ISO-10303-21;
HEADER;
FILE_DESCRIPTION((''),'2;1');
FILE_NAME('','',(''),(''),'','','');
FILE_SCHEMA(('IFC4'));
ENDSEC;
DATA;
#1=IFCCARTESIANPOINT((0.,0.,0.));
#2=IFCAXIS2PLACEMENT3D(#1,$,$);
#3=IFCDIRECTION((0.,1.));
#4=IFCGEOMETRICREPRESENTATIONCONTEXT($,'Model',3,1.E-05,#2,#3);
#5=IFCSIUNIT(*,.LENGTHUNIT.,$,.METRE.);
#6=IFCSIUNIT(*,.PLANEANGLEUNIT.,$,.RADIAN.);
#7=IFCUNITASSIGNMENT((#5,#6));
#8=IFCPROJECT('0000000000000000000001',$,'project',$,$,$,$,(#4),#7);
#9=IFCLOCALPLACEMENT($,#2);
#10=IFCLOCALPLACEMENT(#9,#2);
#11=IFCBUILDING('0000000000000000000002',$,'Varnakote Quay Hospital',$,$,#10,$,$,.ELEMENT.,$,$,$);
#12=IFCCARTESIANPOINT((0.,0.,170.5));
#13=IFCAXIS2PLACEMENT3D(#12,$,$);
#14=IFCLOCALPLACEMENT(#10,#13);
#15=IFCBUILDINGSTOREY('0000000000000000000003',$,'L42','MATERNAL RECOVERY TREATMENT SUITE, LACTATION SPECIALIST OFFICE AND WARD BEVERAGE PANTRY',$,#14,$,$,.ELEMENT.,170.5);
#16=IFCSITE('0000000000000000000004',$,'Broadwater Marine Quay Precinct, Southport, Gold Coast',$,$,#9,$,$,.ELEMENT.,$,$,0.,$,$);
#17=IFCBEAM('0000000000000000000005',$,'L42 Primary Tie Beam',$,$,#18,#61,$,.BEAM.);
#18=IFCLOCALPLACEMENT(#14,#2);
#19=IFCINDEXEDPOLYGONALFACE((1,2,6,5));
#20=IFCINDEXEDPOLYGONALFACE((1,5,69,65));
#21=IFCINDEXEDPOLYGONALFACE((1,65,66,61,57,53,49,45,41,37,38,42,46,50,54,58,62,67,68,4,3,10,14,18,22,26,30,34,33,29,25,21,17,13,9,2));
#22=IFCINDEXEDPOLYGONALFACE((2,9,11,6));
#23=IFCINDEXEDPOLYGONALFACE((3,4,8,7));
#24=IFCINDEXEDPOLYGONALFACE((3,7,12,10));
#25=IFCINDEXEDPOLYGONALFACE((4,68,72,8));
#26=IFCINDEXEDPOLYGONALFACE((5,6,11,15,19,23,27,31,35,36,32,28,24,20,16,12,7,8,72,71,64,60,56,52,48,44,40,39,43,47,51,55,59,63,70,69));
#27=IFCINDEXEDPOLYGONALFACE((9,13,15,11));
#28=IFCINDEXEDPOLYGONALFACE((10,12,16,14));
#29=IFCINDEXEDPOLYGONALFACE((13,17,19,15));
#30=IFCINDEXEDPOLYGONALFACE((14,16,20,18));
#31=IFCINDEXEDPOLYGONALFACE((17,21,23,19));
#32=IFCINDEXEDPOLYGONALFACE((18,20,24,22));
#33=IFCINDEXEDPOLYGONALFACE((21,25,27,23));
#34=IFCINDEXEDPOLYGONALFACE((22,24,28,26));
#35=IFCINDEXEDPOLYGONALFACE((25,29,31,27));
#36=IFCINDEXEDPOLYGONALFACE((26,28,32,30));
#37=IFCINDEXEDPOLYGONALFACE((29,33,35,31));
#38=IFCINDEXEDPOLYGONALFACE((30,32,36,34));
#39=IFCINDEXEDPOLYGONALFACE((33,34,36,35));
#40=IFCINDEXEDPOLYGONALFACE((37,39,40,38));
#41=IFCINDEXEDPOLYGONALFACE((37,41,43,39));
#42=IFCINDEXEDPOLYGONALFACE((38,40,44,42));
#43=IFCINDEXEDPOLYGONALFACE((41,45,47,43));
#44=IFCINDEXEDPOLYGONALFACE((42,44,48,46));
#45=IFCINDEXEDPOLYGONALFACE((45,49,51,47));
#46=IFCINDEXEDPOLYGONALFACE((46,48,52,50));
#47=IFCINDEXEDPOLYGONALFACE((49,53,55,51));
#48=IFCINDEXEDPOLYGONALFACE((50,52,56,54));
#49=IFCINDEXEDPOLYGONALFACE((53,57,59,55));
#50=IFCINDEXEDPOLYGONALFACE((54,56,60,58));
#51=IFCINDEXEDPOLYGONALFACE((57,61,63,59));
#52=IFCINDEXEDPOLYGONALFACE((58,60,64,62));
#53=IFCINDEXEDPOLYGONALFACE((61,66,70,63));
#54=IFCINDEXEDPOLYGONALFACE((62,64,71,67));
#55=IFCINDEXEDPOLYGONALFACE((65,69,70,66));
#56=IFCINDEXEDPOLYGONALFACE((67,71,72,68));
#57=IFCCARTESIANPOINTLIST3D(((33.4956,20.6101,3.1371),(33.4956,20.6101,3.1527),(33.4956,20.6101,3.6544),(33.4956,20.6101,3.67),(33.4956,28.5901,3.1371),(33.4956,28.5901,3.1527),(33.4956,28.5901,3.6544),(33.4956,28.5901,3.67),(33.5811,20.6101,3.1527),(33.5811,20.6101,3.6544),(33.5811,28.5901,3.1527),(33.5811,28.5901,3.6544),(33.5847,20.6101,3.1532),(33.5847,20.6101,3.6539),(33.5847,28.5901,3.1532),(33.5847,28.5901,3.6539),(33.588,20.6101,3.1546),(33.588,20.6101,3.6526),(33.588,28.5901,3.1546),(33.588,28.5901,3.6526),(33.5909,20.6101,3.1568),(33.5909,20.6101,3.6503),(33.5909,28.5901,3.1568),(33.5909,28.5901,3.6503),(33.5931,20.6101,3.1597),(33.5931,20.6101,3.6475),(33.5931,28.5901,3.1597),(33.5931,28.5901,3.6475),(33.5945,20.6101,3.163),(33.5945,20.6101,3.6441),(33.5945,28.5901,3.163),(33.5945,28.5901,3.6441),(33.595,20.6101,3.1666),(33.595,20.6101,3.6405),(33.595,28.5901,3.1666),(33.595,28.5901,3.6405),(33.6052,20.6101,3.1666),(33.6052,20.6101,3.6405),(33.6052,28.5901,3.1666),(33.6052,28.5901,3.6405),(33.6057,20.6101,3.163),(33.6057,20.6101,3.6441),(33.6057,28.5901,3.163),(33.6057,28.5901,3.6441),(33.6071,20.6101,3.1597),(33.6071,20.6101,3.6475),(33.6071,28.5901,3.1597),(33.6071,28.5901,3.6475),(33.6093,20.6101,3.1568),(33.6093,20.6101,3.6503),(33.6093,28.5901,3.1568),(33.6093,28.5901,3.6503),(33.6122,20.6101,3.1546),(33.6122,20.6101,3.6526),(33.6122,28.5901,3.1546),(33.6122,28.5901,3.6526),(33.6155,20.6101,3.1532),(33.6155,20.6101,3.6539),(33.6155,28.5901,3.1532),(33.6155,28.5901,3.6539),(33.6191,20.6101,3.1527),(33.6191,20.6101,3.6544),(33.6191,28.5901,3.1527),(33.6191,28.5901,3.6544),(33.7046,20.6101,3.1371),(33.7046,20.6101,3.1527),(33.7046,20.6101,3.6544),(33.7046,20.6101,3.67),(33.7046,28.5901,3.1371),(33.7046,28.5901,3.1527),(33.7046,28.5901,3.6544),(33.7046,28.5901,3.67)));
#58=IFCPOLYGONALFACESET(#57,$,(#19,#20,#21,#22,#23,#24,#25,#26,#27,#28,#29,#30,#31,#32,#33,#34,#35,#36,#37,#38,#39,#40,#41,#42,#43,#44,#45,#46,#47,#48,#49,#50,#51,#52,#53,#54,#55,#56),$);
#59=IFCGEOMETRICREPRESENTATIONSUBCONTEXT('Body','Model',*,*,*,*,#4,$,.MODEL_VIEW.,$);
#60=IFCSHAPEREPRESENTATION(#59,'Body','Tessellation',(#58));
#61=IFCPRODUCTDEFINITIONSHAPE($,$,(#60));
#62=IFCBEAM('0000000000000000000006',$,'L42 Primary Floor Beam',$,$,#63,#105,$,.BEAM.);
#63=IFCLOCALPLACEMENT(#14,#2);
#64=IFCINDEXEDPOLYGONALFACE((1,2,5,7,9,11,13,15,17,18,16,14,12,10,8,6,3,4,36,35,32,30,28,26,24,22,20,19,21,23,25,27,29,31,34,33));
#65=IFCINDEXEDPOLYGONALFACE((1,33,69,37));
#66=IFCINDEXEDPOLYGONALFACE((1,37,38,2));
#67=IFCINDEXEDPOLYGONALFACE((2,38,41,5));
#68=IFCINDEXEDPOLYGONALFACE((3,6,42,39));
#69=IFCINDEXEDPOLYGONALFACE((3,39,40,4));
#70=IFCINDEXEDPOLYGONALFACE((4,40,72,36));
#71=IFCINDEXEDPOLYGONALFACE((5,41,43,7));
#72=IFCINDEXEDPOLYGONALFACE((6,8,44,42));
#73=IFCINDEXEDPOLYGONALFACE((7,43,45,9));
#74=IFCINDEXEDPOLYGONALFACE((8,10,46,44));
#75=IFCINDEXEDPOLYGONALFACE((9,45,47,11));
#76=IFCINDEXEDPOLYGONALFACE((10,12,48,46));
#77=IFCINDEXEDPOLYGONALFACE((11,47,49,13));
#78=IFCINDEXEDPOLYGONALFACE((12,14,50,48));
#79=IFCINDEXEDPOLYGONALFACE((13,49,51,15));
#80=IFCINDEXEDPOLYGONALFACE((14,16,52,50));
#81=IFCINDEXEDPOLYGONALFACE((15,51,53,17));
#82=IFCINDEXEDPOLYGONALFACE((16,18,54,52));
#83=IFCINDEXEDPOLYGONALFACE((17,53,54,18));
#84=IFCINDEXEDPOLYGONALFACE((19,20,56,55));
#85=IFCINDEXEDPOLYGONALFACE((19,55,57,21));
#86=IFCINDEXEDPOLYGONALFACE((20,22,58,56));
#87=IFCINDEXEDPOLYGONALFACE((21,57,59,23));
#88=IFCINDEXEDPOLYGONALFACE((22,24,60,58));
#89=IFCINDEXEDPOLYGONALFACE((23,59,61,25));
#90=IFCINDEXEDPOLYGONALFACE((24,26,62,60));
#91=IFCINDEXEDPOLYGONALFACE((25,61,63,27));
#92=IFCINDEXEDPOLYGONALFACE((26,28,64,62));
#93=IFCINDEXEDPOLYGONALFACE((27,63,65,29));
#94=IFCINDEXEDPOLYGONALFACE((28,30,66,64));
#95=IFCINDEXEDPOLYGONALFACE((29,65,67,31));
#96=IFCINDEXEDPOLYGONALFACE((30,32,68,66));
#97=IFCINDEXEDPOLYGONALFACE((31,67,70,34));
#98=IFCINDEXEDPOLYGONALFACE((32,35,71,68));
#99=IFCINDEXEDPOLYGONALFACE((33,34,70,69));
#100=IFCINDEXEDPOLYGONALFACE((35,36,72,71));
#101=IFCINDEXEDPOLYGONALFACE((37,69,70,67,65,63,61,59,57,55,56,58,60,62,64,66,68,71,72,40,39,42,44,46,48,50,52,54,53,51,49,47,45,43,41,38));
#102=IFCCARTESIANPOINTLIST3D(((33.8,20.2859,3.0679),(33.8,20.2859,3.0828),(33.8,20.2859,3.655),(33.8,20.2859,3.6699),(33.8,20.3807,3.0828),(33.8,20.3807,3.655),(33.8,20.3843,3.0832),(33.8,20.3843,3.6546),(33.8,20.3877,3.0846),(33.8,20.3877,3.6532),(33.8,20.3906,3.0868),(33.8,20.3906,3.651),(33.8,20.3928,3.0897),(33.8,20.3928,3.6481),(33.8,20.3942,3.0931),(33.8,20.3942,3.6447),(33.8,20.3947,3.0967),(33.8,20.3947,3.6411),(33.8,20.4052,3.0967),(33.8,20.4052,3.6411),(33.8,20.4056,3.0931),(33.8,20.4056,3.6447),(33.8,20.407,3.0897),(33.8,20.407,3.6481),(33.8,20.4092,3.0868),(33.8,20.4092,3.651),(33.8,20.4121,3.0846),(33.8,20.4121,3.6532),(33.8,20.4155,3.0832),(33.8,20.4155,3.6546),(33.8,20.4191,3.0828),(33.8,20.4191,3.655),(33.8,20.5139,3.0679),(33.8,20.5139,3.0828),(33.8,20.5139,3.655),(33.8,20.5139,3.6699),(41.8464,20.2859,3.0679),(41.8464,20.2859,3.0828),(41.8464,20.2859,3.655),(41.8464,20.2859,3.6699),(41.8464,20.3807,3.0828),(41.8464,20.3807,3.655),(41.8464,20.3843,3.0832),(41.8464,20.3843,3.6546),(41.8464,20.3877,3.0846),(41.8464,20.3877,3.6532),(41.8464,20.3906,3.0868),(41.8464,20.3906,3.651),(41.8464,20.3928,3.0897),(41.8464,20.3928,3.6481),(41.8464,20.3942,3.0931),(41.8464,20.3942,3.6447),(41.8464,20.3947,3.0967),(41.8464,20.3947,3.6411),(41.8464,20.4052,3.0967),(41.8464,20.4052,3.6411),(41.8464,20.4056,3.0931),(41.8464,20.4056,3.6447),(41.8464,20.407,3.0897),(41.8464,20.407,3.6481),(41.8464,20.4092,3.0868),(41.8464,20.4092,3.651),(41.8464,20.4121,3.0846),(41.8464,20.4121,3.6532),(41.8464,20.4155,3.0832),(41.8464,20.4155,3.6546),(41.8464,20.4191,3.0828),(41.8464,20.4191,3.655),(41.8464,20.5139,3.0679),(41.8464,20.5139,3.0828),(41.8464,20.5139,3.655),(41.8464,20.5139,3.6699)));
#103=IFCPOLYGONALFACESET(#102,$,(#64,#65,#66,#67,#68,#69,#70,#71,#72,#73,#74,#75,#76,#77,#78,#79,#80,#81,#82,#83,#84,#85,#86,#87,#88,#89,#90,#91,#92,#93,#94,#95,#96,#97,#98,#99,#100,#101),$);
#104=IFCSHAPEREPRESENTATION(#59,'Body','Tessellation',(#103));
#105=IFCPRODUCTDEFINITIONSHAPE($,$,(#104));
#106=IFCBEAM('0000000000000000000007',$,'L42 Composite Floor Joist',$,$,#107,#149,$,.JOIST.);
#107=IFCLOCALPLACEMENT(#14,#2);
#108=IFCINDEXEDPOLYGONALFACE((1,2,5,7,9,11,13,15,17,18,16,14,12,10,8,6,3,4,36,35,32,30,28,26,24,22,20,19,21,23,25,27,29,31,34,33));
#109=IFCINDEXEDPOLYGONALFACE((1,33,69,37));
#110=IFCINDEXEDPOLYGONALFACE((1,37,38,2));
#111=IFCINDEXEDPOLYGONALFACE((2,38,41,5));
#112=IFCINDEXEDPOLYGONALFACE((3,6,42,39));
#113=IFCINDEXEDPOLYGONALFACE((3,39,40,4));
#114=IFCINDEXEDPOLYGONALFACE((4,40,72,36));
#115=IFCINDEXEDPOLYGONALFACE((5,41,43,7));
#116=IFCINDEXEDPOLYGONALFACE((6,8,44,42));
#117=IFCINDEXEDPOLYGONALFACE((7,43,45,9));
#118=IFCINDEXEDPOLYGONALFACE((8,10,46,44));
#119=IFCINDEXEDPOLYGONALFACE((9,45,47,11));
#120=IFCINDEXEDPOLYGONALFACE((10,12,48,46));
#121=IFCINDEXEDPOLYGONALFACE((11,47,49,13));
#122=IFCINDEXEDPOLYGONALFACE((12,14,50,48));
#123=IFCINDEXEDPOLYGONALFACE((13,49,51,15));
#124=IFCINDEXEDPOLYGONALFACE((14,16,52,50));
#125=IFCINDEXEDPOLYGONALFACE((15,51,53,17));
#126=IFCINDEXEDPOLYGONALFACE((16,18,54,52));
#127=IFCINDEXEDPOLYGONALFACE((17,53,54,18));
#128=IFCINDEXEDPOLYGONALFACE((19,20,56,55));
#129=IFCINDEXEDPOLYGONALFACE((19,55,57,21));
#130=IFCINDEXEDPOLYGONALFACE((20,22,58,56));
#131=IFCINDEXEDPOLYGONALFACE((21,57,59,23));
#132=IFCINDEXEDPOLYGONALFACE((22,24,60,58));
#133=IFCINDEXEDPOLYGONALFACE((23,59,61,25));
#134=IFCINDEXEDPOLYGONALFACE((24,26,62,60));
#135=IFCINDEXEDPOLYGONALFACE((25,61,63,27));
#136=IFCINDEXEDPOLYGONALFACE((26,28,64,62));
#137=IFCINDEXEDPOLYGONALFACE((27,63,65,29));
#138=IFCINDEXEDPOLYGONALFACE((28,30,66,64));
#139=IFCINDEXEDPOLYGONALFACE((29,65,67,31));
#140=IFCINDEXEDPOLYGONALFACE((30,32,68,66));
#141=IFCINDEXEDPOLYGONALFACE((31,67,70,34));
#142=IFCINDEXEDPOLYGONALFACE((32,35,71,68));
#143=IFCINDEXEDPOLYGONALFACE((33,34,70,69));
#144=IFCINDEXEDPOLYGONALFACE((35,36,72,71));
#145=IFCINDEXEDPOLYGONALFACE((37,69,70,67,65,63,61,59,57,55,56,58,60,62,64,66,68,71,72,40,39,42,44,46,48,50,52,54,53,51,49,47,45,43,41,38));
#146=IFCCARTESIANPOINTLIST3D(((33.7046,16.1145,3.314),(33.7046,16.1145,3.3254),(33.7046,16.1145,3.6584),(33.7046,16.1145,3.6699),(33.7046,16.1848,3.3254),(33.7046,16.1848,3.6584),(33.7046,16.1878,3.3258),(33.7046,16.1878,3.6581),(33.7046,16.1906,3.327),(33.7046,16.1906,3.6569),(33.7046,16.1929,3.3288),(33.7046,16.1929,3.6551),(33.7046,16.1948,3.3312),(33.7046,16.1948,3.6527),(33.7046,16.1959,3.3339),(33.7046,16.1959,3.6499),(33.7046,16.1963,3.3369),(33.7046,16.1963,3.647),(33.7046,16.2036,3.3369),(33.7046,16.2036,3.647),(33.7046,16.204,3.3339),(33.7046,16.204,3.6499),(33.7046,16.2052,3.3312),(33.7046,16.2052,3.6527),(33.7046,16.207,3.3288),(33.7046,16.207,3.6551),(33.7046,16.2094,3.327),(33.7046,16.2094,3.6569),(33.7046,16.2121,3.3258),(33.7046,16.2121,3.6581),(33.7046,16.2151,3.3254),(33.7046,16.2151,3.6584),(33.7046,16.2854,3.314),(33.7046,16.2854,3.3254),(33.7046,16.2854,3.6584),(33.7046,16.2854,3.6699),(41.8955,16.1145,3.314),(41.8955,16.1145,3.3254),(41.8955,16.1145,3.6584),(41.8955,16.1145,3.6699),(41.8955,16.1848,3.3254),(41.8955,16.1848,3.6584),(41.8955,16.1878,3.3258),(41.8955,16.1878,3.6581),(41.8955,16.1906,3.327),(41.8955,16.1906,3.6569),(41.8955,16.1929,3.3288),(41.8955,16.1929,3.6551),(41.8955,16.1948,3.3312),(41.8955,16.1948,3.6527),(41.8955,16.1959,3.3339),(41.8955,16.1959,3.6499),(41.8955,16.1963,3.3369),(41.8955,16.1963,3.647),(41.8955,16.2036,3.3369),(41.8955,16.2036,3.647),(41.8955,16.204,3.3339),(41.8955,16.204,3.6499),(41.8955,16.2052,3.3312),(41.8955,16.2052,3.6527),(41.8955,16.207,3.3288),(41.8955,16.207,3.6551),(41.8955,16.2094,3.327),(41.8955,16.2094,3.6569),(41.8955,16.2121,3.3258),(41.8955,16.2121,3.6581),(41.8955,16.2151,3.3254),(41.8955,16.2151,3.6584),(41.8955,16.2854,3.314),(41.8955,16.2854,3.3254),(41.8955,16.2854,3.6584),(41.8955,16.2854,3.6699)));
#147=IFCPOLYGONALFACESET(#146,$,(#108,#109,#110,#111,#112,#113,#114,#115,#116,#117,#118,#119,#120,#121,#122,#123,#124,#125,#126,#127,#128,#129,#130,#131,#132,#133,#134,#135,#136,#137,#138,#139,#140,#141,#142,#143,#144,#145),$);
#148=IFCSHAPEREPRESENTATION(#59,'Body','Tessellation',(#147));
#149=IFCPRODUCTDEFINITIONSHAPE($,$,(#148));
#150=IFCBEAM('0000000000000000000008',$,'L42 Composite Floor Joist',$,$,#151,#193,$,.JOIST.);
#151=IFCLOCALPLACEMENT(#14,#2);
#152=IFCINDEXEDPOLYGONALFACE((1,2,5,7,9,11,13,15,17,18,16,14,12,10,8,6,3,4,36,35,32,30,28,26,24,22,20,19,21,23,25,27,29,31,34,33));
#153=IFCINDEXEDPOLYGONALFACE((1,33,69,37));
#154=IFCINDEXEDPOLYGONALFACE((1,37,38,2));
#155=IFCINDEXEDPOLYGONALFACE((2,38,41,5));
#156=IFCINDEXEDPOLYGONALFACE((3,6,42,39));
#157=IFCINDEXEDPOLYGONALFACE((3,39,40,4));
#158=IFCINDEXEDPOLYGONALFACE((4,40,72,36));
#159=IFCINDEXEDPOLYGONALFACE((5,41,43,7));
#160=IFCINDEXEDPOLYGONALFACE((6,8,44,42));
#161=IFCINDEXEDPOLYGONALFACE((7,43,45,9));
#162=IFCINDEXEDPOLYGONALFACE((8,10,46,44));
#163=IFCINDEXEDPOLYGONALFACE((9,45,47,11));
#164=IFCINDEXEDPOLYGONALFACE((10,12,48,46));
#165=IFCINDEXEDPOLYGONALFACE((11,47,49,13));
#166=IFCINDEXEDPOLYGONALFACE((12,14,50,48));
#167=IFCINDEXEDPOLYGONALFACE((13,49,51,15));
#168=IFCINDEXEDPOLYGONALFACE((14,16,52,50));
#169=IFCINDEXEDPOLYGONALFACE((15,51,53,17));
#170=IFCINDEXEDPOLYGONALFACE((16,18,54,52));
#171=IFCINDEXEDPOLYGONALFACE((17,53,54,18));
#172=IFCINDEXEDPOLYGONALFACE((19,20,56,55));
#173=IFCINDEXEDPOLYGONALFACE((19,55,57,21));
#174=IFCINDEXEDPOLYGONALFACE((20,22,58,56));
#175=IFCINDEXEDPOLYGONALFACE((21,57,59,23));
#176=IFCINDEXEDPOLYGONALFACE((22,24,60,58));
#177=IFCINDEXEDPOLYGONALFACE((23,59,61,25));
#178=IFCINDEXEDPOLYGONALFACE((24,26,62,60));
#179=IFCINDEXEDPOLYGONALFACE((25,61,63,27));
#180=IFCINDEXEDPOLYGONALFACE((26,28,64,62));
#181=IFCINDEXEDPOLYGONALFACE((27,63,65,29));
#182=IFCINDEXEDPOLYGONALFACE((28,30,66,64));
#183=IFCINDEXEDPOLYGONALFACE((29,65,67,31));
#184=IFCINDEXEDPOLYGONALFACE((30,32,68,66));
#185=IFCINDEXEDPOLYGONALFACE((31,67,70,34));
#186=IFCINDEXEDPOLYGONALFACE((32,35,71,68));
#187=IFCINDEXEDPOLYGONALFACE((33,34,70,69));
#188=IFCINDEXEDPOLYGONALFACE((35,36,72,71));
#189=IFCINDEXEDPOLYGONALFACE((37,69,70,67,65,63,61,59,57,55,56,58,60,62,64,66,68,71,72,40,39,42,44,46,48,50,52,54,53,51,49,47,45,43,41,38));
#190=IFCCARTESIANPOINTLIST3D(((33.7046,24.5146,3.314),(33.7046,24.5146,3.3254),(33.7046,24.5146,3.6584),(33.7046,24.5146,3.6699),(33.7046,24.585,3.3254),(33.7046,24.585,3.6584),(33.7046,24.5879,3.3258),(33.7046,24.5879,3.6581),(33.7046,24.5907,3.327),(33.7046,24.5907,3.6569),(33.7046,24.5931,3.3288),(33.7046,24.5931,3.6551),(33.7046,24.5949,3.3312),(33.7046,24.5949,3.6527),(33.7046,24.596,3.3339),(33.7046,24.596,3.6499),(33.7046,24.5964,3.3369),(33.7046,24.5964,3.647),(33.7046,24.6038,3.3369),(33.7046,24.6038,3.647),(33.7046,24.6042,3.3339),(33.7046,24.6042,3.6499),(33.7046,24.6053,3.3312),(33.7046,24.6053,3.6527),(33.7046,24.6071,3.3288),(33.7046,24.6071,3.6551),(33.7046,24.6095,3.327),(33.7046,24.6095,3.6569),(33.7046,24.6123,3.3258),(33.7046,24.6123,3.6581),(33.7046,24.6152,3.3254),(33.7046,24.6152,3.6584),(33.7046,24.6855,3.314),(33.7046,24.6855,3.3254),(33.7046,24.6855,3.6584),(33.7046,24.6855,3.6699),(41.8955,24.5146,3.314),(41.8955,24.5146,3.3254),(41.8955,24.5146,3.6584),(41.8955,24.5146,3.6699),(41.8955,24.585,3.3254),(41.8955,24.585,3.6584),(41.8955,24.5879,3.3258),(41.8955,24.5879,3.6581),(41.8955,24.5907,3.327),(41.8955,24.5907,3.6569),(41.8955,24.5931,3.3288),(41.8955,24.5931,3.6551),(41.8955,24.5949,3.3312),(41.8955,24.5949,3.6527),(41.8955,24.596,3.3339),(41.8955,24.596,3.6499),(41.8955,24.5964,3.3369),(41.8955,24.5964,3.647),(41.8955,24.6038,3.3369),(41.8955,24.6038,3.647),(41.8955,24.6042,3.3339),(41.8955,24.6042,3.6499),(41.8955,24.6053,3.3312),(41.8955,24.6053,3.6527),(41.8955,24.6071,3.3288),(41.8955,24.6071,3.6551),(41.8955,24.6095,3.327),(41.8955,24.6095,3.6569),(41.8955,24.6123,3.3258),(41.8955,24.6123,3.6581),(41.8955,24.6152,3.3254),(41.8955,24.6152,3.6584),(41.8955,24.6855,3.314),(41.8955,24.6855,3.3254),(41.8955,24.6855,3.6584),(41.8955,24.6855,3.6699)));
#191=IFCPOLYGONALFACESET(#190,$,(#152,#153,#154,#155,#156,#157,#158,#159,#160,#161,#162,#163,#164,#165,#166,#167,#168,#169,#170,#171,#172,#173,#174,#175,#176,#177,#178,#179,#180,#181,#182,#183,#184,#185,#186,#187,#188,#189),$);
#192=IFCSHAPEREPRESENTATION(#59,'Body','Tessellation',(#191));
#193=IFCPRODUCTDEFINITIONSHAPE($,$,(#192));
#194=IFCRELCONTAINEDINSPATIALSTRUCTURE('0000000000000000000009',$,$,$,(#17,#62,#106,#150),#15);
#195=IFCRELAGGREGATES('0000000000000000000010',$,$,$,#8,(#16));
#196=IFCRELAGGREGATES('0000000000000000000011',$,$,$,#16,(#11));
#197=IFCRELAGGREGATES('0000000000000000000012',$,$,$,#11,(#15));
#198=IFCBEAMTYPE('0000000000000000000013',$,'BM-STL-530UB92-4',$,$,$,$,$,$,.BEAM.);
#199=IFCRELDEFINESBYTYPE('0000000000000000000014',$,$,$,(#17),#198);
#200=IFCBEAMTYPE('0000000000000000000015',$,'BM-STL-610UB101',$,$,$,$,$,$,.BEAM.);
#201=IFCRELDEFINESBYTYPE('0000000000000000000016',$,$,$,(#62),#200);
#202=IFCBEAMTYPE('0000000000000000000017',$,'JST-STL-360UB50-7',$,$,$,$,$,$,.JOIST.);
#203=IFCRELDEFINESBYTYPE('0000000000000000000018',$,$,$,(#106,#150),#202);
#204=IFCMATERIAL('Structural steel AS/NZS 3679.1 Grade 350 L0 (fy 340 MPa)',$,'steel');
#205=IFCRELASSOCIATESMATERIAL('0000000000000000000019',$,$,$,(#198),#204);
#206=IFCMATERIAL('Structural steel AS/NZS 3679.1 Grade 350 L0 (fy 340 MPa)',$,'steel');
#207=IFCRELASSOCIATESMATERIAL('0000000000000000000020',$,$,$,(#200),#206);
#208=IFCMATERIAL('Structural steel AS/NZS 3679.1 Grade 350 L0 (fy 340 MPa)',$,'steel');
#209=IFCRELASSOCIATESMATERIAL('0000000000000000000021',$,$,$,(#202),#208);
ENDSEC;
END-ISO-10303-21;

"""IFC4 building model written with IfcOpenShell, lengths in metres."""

from ifc_helpers import new_model, si_unit, direction, frame, origin, origin_2d, place, context, subcontext, project, spatial, i_section, extrude, material, material_profile, profile_set, type_object, element, save


model = new_model("IFC4")

# Units and contexts
model_context = context("Model", 3, precision=1e-05, world=origin(), true_north=direction((0.0, 1.0)))
body_context = subcontext(model_context, "Body", "Model", "MODEL_VIEW")
ifc_project = project(units=[si_unit("LENGTHUNIT", "METRE"), si_unit("PLANEANGLEUNIT", "RADIAN")], contexts=[model_context])

# Site, building, storey
site_placement = place(None, origin())
site = spatial("IfcSite", under=ifc_project, at=site_placement, Name="Broadwater Marine Quay Precinct, Southport, Gold Coast", CompositionType="ELEMENT", RefElevation=0.0)
building_placement = place(site_placement, origin())
building = spatial("IfcBuilding", under=site, at=building_placement, Name="Varnakote Quay Hospital", CompositionType="ELEMENT")
storey_placement = place(building_placement, frame((0.0, 0.0, 170.5)))
storey = spatial("IfcBuildingStorey", under=building, at=storey_placement, Name="L42", Description="MATERNAL RECOVERY TREATMENT SUITE, LACTATION SPECIALIST OFFICE AND WARD BEVERAGE PANTRY", CompositionType="ELEMENT", Elevation=170.5)

# Beams
ifc_material_1 = material(Name="Structural steel AS/NZS 3679.1 Grade 350 L0 (fy 340 MPa)", Category="steel")
ifc_material_profile_1 = material_profile(ifc_material_1, i_section(OverallWidth=0.209, OverallDepth=0.533, WebThickness=0.0103, FlangeThickness=0.0156, FilletRadius=0.0139, at=origin_2d()), Name="530UB92.4")
ifc_profile_set_1 = profile_set([ifc_material_profile_1], Name="Structural steel AS/NZS 3679.1 Grade 350 L0 (fy 340 MPa)")
beam_type_1 = type_object("IfcBeamType", Name="BM-STL-530UB92-4", PredefinedType="BEAM", material=ifc_profile_set_1)
beam_1_placement = place(storey_placement, frame((33.6001, 20.6101, 3.4036), z_axis=(0.0, 1.0, 0.0), x_axis=(-1.0, 0.0, 0.0)))
element("IfcBeam", 1, at=beam_1_placement, inside=storey, type_object=beam_type_1, Name="L42 Primary Tie Beam", PredefinedType="BEAM", context=body_context, shape_type="SweptSolid", body=[
    extrude(i_section(OverallWidth=0.209, OverallDepth=0.533, WebThickness=0.0103, FlangeThickness=0.0156, FilletRadius=0.0139, at=origin_2d()), origin(), (0.0, 0.0, 1.0), 7.98),
])
ifc_material_2 = material(Name="Structural steel AS/NZS 3679.1 Grade 350 L0 (fy 340 MPa)", Category="steel")
ifc_material_profile_2 = material_profile(ifc_material_2, i_section(OverallWidth=0.228, OverallDepth=0.6021, WebThickness=0.0105, FlangeThickness=0.0149, FilletRadius=0.0139, at=origin_2d()), Name="610UB101")
ifc_profile_set_2 = profile_set([ifc_material_profile_2], Name="Structural steel AS/NZS 3679.1 Grade 350 L0 (fy 340 MPa)")
beam_type_2 = type_object("IfcBeamType", Name="BM-STL-610UB101", PredefinedType="BEAM", material=ifc_profile_set_2)
beam_2_placement = place(storey_placement, frame((33.8, 20.3999, 3.3689), z_axis=(1.0, 0.0, 0.0), x_axis=(0.0, 1.0, 0.0)))
element("IfcBeam", 2, at=beam_2_placement, inside=storey, type_object=beam_type_2, Name="L42 Primary Floor Beam", PredefinedType="BEAM", context=body_context, shape_type="SweptSolid", body=[
    extrude(i_section(OverallWidth=0.228, OverallDepth=0.6021, WebThickness=0.0105, FlangeThickness=0.0149, FilletRadius=0.0139, at=origin_2d()), origin(), (0.0, 0.0, 1.0), 8.0464),
])
ifc_material_3 = material(Name="Structural steel AS/NZS 3679.1 Grade 350 L0 (fy 340 MPa)", Category="steel")
ifc_material_profile_3 = material_profile(ifc_material_3, i_section(OverallWidth=0.1709, OverallDepth=0.356, WebThickness=0.0073, FlangeThickness=0.0115, FilletRadius=0.0115, at=origin_2d()), Name="360UB50.7")
ifc_profile_set_3 = profile_set([ifc_material_profile_3], Name="Structural steel AS/NZS 3679.1 Grade 350 L0 (fy 340 MPa)")
beam_type_3 = type_object("IfcBeamType", Name="JST-STL-360UB50-7", PredefinedType="JOIST", material=ifc_profile_set_3)
for number, where, z_axis, x_axis, name in (
    (3, (33.7046, 16.2, 3.4919), (1.0, 0.0, 0.0), (0.0, 1.0, 0.0), "L42 Composite Floor Joist"),
    (4, (33.7046, 24.6001, 3.4919), (1.0, 0.0, 0.0), (0.0, 1.0, 0.0), "L42 Composite Floor Joist"),
):
    element("IfcBeam", number, at=place(storey_placement, frame(where, z_axis=z_axis, x_axis=x_axis)), inside=storey, type_object=beam_type_3, Name=name, PredefinedType="JOIST", context=body_context, shape_type="SweptSolid", body=[
        extrude(i_section(OverallWidth=0.1709, OverallDepth=0.356, WebThickness=0.0073, FlangeThickness=0.0115, FilletRadius=0.0115, at=origin_2d()), origin(), (0.0, 0.0, 1.0), 8.1909),
    ])

save(model, "model.ifc")
